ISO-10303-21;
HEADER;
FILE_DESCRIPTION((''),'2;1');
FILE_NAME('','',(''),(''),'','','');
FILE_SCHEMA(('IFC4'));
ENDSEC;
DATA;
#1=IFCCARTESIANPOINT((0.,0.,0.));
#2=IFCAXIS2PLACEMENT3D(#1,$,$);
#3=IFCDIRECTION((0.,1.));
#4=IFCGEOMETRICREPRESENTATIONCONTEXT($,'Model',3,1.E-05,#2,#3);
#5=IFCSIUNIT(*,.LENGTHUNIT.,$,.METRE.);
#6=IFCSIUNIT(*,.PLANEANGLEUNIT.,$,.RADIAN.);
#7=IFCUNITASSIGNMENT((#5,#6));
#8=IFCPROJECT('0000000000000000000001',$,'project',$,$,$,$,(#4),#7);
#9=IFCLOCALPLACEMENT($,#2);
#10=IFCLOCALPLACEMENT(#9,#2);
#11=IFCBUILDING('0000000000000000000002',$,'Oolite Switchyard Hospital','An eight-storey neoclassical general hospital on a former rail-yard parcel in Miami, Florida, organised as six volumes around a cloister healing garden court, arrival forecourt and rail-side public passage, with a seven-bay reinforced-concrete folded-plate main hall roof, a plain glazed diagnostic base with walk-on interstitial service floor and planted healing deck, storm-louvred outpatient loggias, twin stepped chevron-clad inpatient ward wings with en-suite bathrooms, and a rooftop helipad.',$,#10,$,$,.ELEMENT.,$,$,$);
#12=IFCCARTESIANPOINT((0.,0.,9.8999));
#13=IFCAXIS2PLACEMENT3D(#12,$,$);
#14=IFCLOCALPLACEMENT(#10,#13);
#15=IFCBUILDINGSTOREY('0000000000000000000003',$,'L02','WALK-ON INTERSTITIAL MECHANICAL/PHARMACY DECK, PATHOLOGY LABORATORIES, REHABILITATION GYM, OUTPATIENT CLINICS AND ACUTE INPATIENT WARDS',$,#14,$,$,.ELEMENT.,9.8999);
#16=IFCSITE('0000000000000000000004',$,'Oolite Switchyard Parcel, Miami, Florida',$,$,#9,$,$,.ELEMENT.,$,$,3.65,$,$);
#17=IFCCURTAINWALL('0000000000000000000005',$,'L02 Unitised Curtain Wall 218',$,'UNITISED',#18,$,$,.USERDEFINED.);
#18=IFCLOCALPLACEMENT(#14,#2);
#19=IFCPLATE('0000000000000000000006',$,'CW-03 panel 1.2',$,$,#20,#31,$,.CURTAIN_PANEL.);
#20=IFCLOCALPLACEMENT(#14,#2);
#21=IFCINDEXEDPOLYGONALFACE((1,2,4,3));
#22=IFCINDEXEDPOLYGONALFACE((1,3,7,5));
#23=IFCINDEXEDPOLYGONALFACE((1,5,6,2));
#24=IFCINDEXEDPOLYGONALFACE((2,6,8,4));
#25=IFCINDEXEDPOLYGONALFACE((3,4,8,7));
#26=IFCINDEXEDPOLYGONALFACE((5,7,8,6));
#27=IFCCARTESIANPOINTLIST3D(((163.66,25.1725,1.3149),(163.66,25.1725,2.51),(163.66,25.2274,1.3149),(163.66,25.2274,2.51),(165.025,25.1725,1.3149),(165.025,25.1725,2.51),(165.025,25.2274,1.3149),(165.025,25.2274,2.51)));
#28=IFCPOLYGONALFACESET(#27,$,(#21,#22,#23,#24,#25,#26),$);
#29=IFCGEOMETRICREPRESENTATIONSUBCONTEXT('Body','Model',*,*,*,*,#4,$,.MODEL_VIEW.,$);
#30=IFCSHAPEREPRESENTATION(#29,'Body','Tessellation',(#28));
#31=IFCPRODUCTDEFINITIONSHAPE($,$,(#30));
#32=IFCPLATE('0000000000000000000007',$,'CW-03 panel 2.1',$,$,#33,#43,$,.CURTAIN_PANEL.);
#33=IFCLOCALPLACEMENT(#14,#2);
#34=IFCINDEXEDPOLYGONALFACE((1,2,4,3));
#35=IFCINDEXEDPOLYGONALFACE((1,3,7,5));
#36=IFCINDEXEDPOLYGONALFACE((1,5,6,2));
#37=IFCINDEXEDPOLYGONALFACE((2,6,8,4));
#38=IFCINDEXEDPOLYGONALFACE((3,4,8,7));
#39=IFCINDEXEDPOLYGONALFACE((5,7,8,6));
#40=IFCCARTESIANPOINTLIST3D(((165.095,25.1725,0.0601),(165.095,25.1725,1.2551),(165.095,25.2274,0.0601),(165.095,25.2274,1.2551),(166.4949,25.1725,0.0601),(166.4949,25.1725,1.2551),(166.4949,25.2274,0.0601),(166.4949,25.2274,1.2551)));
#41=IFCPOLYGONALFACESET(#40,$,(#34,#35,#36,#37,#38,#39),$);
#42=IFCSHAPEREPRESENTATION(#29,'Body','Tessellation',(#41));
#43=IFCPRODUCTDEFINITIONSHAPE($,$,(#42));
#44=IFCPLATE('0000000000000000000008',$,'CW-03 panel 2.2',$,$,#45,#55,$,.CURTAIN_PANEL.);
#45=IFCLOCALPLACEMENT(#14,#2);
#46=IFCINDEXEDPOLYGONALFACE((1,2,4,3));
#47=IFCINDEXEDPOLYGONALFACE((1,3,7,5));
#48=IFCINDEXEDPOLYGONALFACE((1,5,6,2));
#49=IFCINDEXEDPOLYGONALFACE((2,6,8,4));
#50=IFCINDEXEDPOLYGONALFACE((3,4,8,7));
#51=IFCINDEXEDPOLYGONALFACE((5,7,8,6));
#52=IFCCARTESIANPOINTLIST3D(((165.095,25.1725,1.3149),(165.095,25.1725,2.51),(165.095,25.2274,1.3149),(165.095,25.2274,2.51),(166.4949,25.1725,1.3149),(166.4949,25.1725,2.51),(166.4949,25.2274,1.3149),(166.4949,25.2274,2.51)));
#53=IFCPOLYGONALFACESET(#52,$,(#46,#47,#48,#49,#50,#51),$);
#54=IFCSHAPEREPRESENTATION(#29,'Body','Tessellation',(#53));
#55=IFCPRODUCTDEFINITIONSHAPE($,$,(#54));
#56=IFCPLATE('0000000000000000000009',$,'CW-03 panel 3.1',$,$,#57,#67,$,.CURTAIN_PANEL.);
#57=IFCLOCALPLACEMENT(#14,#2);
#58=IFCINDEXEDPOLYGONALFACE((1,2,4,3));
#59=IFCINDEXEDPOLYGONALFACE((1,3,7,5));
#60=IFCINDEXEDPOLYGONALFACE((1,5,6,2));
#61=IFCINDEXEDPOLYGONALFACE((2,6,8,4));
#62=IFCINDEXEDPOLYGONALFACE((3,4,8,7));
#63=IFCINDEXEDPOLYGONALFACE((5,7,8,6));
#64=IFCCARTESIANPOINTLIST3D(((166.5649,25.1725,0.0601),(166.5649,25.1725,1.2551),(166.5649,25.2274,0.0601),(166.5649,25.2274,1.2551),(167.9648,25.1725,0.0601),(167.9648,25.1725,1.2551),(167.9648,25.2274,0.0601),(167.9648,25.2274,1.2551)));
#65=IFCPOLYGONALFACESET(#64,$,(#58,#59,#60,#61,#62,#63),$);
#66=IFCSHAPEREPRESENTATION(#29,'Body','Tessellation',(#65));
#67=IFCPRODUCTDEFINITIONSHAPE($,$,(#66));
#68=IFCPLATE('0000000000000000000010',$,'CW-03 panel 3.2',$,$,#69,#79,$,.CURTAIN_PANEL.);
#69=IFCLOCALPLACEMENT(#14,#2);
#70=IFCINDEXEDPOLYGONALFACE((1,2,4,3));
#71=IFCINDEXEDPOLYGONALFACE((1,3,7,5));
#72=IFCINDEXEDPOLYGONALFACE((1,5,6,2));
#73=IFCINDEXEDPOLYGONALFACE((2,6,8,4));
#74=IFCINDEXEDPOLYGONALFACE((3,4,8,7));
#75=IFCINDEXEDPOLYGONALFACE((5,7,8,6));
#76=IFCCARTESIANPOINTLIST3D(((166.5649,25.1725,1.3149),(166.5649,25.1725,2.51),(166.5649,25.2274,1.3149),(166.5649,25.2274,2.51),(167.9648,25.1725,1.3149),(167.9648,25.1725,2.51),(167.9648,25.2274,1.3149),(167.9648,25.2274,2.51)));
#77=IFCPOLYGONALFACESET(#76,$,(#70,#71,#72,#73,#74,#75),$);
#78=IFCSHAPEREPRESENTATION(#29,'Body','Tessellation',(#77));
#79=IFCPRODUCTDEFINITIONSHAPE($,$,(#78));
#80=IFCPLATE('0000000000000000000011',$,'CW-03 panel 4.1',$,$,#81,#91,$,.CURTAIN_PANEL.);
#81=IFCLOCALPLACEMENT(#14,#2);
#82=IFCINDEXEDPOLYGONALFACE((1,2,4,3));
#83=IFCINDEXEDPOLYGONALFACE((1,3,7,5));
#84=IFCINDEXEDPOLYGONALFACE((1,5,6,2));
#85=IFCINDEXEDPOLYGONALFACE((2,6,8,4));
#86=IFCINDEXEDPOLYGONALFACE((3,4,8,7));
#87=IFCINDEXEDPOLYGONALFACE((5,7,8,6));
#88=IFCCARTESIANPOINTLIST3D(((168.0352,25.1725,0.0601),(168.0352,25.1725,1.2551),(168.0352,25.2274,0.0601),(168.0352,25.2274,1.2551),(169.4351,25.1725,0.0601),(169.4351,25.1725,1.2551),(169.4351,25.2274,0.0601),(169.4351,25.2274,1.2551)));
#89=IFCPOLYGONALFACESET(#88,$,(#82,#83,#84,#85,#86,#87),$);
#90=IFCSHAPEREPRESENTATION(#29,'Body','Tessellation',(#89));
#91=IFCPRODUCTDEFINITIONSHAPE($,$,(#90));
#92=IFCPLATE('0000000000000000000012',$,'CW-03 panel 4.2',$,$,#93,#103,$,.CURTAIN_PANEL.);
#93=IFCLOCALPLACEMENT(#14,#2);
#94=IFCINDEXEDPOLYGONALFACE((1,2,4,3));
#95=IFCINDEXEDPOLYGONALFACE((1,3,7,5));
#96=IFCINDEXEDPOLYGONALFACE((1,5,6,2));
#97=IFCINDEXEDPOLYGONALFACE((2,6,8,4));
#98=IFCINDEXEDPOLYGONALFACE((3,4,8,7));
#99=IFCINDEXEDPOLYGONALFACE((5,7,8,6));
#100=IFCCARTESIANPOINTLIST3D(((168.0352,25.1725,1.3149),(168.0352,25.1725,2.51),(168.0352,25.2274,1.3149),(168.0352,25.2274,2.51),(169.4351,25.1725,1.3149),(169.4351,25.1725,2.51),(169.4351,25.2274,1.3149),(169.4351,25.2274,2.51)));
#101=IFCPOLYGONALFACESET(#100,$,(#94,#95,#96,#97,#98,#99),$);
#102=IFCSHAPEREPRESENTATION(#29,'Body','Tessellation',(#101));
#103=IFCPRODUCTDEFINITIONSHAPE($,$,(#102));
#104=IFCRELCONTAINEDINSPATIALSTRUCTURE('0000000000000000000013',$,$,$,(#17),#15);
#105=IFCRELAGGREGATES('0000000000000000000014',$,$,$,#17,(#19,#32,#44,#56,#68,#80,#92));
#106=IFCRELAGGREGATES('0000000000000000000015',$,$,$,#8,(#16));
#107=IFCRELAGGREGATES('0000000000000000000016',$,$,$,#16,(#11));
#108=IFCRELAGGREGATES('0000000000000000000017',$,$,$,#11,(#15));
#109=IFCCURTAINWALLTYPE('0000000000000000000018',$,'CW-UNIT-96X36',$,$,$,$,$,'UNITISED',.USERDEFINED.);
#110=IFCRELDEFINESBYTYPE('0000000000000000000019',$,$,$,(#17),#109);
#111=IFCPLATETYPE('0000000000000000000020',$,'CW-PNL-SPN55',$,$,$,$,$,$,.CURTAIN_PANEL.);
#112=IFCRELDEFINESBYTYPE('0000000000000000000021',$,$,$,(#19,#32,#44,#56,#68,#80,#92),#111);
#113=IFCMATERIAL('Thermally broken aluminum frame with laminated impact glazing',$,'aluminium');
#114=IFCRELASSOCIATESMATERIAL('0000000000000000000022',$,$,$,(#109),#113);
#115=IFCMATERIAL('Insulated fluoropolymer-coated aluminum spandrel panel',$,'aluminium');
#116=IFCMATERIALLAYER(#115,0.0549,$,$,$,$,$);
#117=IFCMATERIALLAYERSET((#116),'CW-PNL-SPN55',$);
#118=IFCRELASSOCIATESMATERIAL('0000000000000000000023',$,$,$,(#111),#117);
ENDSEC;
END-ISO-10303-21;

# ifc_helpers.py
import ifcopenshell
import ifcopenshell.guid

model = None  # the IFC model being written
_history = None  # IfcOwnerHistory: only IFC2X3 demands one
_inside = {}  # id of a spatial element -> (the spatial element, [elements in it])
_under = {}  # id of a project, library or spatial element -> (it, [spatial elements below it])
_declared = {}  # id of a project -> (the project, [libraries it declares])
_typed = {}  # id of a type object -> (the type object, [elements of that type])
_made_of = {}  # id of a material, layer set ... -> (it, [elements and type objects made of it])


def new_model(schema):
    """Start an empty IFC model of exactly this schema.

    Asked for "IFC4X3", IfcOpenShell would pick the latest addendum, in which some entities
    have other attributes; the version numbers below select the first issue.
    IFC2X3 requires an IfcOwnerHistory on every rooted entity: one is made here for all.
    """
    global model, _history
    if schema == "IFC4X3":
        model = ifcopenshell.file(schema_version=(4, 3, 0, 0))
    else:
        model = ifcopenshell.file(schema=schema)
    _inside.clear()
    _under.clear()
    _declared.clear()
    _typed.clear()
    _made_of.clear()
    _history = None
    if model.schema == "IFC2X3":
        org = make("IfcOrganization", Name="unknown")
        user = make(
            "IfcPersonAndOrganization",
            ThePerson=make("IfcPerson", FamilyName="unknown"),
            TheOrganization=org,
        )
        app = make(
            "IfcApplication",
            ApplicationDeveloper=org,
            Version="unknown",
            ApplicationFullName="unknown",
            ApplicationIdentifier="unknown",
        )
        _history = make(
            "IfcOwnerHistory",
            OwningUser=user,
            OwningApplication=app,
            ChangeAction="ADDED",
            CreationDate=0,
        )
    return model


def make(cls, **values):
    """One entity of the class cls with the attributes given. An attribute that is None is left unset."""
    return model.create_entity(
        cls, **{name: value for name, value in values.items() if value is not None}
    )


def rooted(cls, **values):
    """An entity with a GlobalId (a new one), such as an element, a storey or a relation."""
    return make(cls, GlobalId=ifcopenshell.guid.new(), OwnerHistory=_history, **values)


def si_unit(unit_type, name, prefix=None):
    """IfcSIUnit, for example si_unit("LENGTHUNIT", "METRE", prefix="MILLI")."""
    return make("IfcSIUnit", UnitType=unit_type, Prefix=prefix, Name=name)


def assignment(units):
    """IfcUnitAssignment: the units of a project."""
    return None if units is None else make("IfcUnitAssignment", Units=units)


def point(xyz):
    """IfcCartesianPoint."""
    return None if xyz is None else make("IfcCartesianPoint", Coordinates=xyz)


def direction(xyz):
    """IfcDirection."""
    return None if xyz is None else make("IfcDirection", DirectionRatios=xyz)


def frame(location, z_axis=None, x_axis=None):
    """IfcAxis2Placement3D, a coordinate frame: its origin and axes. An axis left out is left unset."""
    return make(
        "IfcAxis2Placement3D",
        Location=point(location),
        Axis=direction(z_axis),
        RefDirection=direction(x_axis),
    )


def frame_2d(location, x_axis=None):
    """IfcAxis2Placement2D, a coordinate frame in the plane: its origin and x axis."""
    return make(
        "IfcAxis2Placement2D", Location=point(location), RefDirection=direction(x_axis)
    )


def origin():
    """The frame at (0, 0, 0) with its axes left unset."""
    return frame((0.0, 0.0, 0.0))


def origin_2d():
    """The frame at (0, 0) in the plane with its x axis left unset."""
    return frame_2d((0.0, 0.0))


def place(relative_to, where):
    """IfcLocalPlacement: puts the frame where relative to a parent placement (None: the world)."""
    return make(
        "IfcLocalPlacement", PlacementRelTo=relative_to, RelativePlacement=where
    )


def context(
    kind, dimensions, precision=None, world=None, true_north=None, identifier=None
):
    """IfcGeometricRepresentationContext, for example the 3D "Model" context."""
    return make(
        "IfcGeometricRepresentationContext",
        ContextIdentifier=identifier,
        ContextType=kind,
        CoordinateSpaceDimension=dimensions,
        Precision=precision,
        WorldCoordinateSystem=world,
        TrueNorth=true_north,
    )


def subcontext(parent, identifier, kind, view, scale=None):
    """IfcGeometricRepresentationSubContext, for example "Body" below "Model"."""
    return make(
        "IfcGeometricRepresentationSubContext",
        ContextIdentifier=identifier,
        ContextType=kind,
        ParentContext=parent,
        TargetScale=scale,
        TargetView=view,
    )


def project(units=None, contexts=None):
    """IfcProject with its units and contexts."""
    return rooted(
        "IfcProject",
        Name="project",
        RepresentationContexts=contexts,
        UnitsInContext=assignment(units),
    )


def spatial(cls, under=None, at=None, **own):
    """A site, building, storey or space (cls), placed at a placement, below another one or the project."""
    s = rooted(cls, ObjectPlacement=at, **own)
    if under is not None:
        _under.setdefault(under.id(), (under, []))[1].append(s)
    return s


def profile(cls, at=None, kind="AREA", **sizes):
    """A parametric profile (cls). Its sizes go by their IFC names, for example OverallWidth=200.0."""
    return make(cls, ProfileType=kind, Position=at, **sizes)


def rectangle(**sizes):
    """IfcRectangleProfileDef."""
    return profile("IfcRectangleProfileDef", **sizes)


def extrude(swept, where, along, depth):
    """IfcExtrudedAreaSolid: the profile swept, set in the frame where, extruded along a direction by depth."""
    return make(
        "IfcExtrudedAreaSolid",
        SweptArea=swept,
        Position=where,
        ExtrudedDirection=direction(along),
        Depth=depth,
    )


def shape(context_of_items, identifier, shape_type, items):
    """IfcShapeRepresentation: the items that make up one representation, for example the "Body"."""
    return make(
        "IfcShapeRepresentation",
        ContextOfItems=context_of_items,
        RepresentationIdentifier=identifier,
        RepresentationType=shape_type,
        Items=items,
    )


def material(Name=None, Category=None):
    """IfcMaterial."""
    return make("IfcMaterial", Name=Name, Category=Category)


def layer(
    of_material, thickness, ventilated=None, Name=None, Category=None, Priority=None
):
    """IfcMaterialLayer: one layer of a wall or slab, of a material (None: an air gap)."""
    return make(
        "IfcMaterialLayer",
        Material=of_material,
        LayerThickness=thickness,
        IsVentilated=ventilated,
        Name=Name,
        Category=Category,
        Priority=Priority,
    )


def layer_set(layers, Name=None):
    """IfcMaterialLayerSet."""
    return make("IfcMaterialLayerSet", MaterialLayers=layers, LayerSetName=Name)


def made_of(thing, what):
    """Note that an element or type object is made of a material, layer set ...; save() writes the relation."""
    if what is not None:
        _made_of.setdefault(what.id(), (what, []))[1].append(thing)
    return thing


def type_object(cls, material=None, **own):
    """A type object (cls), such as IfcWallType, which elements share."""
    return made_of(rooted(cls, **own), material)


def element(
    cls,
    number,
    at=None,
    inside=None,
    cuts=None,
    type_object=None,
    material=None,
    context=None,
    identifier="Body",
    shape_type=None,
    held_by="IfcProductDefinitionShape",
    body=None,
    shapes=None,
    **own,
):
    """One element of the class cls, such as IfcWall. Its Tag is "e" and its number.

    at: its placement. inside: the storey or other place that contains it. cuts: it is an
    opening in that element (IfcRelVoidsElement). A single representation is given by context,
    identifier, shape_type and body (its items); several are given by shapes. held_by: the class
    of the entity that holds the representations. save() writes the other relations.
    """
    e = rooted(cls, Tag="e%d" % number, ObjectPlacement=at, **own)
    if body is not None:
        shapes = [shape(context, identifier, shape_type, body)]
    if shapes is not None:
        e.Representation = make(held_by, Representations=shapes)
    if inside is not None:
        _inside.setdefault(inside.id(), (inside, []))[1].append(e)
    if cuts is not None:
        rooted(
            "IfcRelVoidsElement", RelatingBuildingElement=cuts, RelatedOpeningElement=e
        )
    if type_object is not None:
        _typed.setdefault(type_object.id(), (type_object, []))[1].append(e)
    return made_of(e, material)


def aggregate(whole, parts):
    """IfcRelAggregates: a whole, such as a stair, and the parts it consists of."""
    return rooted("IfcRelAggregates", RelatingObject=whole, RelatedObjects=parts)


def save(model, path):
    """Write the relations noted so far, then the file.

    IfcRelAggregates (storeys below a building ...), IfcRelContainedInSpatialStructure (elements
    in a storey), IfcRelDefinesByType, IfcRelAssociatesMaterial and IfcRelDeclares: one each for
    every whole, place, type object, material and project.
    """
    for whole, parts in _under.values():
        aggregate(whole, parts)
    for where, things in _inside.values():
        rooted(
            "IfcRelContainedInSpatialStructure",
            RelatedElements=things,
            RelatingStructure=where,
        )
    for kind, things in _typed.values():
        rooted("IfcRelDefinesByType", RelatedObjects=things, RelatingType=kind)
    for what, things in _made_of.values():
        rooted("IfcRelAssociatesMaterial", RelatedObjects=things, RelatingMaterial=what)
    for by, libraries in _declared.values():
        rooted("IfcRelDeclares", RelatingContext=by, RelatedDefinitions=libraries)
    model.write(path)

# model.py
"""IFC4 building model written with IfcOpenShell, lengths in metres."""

from ifc_helpers import new_model, si_unit, direction, frame, origin, origin_2d, place, context, subcontext, project, spatial, rectangle, extrude, material, layer, layer_set, type_object, element, aggregate, save


model = new_model("IFC4")

# Units and contexts
model_context = context("Model", 3, precision=1e-05, world=origin(), true_north=direction((0.0, 1.0)))
body_context = subcontext(model_context, "Body", "Model", "MODEL_VIEW")
ifc_project = project(units=[si_unit("LENGTHUNIT", "METRE"), si_unit("PLANEANGLEUNIT", "RADIAN")], contexts=[model_context])

# Site, building, storey
site_placement = place(None, origin())
site = spatial("IfcSite", under=ifc_project, at=site_placement, Name="Oolite Switchyard Parcel, Miami, Florida", CompositionType="ELEMENT", RefElevation=3.65)
building_placement = place(site_placement, origin())
building = spatial("IfcBuilding", under=site, at=building_placement, Name="Oolite Switchyard Hospital", Description="An eight-storey neoclassical general hospital on a former rail-yard parcel in Miami, Florida, organised as six volumes around a cloister healing garden court, arrival forecourt and rail-side public passage, with a seven-bay reinforced-concrete folded-plate main hall roof, a plain glazed diagnostic base with walk-on interstitial service floor and planted healing deck, storm-louvred outpatient loggias, twin stepped chevron-clad inpatient ward wings with en-suite bathrooms, and a rooftop helipad.", CompositionType="ELEMENT")
storey_placement = place(building_placement, frame((0.0, 0.0, 9.8999)))
storey = spatial("IfcBuildingStorey", under=building, at=storey_placement, Name="L02", Description="WALK-ON INTERSTITIAL MECHANICAL/PHARMACY DECK, PATHOLOGY LABORATORIES, REHABILITATION GYM, OUTPATIENT CLINICS AND ACUTE INPATIENT WARDS", CompositionType="ELEMENT", Elevation=9.8999)

# Curtain wall, plates
ifc_material_1 = material(Name="Thermally broken aluminum frame with laminated impact glazing", Category="aluminium")
curtain_wall_type = type_object("IfcCurtainWallType", Name="CW-UNIT-96X36", ElementType="UNITISED", PredefinedType="USERDEFINED", material=ifc_material_1)
curtain_wall_placement = place(storey_placement, origin())
curtain_wall = element("IfcCurtainWall", 1, at=curtain_wall_placement, inside=storey, type_object=curtain_wall_type, Name="L02 Unitised Curtain Wall 218", ObjectType="UNITISED", PredefinedType="USERDEFINED")
ifc_material_2 = material(Name="Insulated fluoropolymer-coated aluminum spandrel panel", Category="aluminium")
ifc_layer = layer(ifc_material_2, 0.0549)
ifc_layer_set = layer_set([ifc_layer], Name="CW-PNL-SPN55")
plate_type = type_object("IfcPlateType", Name="CW-PNL-SPN55", PredefinedType="CURTAIN_PANEL", material=ifc_layer_set)
plate_1_placement = place(storey_placement, frame((164.3425, 25.2, 1.3149), z_axis=(0.0, 0.0, 1.0), x_axis=(1.0, 0.0, 0.0)))
plate_1 = element("IfcPlate", 2, at=plate_1_placement, type_object=plate_type, Name="CW-03 panel 1.2", PredefinedType="CURTAIN_PANEL", context=body_context, shape_type="SweptSolid", body=[
    extrude(rectangle(XDim=1.365, YDim=0.0549, at=origin_2d()), origin(), (0.0, 0.0, 1.0), 1.1951),
])
plate_2_placement = place(storey_placement, frame((165.7949, 25.2, 0.0601), z_axis=(0.0, 0.0, 1.0), x_axis=(1.0, 0.0, 0.0)))
plate_2 = element("IfcPlate", 3, at=plate_2_placement, type_object=plate_type, Name="CW-03 panel 2.1", PredefinedType="CURTAIN_PANEL", context=body_context, shape_type="SweptSolid", body=[
    extrude(rectangle(XDim=1.3999, YDim=0.0549, at=origin_2d()), origin(), (0.0, 0.0, 1.0), 1.1951),
])
plate_3_placement = place(storey_placement, frame((165.7949, 25.2, 1.3149), z_axis=(0.0, 0.0, 1.0), x_axis=(1.0, 0.0, 0.0)))
plate_3 = element("IfcPlate", 4, at=plate_3_placement, type_object=plate_type, Name="CW-03 panel 2.2", PredefinedType="CURTAIN_PANEL", context=body_context, shape_type="SweptSolid", body=[
    extrude(rectangle(XDim=1.3999, YDim=0.0549, at=origin_2d()), origin(), (0.0, 0.0, 1.0), 1.1951),
])
plate_4_placement = place(storey_placement, frame((167.2649, 25.2, 0.0601), z_axis=(0.0, 0.0, 1.0), x_axis=(1.0, 0.0, 0.0)))
plate_4 = element("IfcPlate", 5, at=plate_4_placement, type_object=plate_type, Name="CW-03 panel 3.1", PredefinedType="CURTAIN_PANEL", context=body_context, shape_type="SweptSolid", body=[
    extrude(rectangle(XDim=1.3999, YDim=0.0549, at=origin_2d()), origin(), (0.0, 0.0, 1.0), 1.1951),
])
plate_5_placement = place(storey_placement, frame((167.2649, 25.2, 1.3149), z_axis=(0.0, 0.0, 1.0), x_axis=(1.0, 0.0, 0.0)))
plate_5 = element("IfcPlate", 6, at=plate_5_placement, type_object=plate_type, Name="CW-03 panel 3.2", PredefinedType="CURTAIN_PANEL", context=body_context, shape_type="SweptSolid", body=[
    extrude(rectangle(XDim=1.3999, YDim=0.0549, at=origin_2d()), origin(), (0.0, 0.0, 1.0), 1.1951),
])
plate_6_placement = place(storey_placement, frame((168.7351, 25.2, 0.0601), z_axis=(0.0, 0.0, 1.0), x_axis=(1.0, 0.0, 0.0)))
plate_6 = element("IfcPlate", 7, at=plate_6_placement, type_object=plate_type, Name="CW-03 panel 4.1", PredefinedType="CURTAIN_PANEL", context=body_context, shape_type="SweptSolid", body=[
    extrude(rectangle(XDim=1.3999, YDim=0.0549, at=origin_2d()), origin(), (0.0, 0.0, 1.0), 1.1951),
])
plate_7_placement = place(storey_placement, frame((168.7351, 25.2, 1.3149), z_axis=(0.0, 0.0, 1.0), x_axis=(1.0, 0.0, 0.0)))
plate_7 = element("IfcPlate", 8, at=plate_7_placement, type_object=plate_type, Name="CW-03 panel 4.2", PredefinedType="CURTAIN_PANEL", context=body_context, shape_type="SweptSolid", body=[
    extrude(rectangle(XDim=1.3999, YDim=0.0549, at=origin_2d()), origin(), (0.0, 0.0, 1.0), 1.1951),
])
aggregate(curtain_wall, [plate_1, plate_2, plate_3, plate_4, plate_5, plate_6, plate_7])

save(model, "model.ifc")
